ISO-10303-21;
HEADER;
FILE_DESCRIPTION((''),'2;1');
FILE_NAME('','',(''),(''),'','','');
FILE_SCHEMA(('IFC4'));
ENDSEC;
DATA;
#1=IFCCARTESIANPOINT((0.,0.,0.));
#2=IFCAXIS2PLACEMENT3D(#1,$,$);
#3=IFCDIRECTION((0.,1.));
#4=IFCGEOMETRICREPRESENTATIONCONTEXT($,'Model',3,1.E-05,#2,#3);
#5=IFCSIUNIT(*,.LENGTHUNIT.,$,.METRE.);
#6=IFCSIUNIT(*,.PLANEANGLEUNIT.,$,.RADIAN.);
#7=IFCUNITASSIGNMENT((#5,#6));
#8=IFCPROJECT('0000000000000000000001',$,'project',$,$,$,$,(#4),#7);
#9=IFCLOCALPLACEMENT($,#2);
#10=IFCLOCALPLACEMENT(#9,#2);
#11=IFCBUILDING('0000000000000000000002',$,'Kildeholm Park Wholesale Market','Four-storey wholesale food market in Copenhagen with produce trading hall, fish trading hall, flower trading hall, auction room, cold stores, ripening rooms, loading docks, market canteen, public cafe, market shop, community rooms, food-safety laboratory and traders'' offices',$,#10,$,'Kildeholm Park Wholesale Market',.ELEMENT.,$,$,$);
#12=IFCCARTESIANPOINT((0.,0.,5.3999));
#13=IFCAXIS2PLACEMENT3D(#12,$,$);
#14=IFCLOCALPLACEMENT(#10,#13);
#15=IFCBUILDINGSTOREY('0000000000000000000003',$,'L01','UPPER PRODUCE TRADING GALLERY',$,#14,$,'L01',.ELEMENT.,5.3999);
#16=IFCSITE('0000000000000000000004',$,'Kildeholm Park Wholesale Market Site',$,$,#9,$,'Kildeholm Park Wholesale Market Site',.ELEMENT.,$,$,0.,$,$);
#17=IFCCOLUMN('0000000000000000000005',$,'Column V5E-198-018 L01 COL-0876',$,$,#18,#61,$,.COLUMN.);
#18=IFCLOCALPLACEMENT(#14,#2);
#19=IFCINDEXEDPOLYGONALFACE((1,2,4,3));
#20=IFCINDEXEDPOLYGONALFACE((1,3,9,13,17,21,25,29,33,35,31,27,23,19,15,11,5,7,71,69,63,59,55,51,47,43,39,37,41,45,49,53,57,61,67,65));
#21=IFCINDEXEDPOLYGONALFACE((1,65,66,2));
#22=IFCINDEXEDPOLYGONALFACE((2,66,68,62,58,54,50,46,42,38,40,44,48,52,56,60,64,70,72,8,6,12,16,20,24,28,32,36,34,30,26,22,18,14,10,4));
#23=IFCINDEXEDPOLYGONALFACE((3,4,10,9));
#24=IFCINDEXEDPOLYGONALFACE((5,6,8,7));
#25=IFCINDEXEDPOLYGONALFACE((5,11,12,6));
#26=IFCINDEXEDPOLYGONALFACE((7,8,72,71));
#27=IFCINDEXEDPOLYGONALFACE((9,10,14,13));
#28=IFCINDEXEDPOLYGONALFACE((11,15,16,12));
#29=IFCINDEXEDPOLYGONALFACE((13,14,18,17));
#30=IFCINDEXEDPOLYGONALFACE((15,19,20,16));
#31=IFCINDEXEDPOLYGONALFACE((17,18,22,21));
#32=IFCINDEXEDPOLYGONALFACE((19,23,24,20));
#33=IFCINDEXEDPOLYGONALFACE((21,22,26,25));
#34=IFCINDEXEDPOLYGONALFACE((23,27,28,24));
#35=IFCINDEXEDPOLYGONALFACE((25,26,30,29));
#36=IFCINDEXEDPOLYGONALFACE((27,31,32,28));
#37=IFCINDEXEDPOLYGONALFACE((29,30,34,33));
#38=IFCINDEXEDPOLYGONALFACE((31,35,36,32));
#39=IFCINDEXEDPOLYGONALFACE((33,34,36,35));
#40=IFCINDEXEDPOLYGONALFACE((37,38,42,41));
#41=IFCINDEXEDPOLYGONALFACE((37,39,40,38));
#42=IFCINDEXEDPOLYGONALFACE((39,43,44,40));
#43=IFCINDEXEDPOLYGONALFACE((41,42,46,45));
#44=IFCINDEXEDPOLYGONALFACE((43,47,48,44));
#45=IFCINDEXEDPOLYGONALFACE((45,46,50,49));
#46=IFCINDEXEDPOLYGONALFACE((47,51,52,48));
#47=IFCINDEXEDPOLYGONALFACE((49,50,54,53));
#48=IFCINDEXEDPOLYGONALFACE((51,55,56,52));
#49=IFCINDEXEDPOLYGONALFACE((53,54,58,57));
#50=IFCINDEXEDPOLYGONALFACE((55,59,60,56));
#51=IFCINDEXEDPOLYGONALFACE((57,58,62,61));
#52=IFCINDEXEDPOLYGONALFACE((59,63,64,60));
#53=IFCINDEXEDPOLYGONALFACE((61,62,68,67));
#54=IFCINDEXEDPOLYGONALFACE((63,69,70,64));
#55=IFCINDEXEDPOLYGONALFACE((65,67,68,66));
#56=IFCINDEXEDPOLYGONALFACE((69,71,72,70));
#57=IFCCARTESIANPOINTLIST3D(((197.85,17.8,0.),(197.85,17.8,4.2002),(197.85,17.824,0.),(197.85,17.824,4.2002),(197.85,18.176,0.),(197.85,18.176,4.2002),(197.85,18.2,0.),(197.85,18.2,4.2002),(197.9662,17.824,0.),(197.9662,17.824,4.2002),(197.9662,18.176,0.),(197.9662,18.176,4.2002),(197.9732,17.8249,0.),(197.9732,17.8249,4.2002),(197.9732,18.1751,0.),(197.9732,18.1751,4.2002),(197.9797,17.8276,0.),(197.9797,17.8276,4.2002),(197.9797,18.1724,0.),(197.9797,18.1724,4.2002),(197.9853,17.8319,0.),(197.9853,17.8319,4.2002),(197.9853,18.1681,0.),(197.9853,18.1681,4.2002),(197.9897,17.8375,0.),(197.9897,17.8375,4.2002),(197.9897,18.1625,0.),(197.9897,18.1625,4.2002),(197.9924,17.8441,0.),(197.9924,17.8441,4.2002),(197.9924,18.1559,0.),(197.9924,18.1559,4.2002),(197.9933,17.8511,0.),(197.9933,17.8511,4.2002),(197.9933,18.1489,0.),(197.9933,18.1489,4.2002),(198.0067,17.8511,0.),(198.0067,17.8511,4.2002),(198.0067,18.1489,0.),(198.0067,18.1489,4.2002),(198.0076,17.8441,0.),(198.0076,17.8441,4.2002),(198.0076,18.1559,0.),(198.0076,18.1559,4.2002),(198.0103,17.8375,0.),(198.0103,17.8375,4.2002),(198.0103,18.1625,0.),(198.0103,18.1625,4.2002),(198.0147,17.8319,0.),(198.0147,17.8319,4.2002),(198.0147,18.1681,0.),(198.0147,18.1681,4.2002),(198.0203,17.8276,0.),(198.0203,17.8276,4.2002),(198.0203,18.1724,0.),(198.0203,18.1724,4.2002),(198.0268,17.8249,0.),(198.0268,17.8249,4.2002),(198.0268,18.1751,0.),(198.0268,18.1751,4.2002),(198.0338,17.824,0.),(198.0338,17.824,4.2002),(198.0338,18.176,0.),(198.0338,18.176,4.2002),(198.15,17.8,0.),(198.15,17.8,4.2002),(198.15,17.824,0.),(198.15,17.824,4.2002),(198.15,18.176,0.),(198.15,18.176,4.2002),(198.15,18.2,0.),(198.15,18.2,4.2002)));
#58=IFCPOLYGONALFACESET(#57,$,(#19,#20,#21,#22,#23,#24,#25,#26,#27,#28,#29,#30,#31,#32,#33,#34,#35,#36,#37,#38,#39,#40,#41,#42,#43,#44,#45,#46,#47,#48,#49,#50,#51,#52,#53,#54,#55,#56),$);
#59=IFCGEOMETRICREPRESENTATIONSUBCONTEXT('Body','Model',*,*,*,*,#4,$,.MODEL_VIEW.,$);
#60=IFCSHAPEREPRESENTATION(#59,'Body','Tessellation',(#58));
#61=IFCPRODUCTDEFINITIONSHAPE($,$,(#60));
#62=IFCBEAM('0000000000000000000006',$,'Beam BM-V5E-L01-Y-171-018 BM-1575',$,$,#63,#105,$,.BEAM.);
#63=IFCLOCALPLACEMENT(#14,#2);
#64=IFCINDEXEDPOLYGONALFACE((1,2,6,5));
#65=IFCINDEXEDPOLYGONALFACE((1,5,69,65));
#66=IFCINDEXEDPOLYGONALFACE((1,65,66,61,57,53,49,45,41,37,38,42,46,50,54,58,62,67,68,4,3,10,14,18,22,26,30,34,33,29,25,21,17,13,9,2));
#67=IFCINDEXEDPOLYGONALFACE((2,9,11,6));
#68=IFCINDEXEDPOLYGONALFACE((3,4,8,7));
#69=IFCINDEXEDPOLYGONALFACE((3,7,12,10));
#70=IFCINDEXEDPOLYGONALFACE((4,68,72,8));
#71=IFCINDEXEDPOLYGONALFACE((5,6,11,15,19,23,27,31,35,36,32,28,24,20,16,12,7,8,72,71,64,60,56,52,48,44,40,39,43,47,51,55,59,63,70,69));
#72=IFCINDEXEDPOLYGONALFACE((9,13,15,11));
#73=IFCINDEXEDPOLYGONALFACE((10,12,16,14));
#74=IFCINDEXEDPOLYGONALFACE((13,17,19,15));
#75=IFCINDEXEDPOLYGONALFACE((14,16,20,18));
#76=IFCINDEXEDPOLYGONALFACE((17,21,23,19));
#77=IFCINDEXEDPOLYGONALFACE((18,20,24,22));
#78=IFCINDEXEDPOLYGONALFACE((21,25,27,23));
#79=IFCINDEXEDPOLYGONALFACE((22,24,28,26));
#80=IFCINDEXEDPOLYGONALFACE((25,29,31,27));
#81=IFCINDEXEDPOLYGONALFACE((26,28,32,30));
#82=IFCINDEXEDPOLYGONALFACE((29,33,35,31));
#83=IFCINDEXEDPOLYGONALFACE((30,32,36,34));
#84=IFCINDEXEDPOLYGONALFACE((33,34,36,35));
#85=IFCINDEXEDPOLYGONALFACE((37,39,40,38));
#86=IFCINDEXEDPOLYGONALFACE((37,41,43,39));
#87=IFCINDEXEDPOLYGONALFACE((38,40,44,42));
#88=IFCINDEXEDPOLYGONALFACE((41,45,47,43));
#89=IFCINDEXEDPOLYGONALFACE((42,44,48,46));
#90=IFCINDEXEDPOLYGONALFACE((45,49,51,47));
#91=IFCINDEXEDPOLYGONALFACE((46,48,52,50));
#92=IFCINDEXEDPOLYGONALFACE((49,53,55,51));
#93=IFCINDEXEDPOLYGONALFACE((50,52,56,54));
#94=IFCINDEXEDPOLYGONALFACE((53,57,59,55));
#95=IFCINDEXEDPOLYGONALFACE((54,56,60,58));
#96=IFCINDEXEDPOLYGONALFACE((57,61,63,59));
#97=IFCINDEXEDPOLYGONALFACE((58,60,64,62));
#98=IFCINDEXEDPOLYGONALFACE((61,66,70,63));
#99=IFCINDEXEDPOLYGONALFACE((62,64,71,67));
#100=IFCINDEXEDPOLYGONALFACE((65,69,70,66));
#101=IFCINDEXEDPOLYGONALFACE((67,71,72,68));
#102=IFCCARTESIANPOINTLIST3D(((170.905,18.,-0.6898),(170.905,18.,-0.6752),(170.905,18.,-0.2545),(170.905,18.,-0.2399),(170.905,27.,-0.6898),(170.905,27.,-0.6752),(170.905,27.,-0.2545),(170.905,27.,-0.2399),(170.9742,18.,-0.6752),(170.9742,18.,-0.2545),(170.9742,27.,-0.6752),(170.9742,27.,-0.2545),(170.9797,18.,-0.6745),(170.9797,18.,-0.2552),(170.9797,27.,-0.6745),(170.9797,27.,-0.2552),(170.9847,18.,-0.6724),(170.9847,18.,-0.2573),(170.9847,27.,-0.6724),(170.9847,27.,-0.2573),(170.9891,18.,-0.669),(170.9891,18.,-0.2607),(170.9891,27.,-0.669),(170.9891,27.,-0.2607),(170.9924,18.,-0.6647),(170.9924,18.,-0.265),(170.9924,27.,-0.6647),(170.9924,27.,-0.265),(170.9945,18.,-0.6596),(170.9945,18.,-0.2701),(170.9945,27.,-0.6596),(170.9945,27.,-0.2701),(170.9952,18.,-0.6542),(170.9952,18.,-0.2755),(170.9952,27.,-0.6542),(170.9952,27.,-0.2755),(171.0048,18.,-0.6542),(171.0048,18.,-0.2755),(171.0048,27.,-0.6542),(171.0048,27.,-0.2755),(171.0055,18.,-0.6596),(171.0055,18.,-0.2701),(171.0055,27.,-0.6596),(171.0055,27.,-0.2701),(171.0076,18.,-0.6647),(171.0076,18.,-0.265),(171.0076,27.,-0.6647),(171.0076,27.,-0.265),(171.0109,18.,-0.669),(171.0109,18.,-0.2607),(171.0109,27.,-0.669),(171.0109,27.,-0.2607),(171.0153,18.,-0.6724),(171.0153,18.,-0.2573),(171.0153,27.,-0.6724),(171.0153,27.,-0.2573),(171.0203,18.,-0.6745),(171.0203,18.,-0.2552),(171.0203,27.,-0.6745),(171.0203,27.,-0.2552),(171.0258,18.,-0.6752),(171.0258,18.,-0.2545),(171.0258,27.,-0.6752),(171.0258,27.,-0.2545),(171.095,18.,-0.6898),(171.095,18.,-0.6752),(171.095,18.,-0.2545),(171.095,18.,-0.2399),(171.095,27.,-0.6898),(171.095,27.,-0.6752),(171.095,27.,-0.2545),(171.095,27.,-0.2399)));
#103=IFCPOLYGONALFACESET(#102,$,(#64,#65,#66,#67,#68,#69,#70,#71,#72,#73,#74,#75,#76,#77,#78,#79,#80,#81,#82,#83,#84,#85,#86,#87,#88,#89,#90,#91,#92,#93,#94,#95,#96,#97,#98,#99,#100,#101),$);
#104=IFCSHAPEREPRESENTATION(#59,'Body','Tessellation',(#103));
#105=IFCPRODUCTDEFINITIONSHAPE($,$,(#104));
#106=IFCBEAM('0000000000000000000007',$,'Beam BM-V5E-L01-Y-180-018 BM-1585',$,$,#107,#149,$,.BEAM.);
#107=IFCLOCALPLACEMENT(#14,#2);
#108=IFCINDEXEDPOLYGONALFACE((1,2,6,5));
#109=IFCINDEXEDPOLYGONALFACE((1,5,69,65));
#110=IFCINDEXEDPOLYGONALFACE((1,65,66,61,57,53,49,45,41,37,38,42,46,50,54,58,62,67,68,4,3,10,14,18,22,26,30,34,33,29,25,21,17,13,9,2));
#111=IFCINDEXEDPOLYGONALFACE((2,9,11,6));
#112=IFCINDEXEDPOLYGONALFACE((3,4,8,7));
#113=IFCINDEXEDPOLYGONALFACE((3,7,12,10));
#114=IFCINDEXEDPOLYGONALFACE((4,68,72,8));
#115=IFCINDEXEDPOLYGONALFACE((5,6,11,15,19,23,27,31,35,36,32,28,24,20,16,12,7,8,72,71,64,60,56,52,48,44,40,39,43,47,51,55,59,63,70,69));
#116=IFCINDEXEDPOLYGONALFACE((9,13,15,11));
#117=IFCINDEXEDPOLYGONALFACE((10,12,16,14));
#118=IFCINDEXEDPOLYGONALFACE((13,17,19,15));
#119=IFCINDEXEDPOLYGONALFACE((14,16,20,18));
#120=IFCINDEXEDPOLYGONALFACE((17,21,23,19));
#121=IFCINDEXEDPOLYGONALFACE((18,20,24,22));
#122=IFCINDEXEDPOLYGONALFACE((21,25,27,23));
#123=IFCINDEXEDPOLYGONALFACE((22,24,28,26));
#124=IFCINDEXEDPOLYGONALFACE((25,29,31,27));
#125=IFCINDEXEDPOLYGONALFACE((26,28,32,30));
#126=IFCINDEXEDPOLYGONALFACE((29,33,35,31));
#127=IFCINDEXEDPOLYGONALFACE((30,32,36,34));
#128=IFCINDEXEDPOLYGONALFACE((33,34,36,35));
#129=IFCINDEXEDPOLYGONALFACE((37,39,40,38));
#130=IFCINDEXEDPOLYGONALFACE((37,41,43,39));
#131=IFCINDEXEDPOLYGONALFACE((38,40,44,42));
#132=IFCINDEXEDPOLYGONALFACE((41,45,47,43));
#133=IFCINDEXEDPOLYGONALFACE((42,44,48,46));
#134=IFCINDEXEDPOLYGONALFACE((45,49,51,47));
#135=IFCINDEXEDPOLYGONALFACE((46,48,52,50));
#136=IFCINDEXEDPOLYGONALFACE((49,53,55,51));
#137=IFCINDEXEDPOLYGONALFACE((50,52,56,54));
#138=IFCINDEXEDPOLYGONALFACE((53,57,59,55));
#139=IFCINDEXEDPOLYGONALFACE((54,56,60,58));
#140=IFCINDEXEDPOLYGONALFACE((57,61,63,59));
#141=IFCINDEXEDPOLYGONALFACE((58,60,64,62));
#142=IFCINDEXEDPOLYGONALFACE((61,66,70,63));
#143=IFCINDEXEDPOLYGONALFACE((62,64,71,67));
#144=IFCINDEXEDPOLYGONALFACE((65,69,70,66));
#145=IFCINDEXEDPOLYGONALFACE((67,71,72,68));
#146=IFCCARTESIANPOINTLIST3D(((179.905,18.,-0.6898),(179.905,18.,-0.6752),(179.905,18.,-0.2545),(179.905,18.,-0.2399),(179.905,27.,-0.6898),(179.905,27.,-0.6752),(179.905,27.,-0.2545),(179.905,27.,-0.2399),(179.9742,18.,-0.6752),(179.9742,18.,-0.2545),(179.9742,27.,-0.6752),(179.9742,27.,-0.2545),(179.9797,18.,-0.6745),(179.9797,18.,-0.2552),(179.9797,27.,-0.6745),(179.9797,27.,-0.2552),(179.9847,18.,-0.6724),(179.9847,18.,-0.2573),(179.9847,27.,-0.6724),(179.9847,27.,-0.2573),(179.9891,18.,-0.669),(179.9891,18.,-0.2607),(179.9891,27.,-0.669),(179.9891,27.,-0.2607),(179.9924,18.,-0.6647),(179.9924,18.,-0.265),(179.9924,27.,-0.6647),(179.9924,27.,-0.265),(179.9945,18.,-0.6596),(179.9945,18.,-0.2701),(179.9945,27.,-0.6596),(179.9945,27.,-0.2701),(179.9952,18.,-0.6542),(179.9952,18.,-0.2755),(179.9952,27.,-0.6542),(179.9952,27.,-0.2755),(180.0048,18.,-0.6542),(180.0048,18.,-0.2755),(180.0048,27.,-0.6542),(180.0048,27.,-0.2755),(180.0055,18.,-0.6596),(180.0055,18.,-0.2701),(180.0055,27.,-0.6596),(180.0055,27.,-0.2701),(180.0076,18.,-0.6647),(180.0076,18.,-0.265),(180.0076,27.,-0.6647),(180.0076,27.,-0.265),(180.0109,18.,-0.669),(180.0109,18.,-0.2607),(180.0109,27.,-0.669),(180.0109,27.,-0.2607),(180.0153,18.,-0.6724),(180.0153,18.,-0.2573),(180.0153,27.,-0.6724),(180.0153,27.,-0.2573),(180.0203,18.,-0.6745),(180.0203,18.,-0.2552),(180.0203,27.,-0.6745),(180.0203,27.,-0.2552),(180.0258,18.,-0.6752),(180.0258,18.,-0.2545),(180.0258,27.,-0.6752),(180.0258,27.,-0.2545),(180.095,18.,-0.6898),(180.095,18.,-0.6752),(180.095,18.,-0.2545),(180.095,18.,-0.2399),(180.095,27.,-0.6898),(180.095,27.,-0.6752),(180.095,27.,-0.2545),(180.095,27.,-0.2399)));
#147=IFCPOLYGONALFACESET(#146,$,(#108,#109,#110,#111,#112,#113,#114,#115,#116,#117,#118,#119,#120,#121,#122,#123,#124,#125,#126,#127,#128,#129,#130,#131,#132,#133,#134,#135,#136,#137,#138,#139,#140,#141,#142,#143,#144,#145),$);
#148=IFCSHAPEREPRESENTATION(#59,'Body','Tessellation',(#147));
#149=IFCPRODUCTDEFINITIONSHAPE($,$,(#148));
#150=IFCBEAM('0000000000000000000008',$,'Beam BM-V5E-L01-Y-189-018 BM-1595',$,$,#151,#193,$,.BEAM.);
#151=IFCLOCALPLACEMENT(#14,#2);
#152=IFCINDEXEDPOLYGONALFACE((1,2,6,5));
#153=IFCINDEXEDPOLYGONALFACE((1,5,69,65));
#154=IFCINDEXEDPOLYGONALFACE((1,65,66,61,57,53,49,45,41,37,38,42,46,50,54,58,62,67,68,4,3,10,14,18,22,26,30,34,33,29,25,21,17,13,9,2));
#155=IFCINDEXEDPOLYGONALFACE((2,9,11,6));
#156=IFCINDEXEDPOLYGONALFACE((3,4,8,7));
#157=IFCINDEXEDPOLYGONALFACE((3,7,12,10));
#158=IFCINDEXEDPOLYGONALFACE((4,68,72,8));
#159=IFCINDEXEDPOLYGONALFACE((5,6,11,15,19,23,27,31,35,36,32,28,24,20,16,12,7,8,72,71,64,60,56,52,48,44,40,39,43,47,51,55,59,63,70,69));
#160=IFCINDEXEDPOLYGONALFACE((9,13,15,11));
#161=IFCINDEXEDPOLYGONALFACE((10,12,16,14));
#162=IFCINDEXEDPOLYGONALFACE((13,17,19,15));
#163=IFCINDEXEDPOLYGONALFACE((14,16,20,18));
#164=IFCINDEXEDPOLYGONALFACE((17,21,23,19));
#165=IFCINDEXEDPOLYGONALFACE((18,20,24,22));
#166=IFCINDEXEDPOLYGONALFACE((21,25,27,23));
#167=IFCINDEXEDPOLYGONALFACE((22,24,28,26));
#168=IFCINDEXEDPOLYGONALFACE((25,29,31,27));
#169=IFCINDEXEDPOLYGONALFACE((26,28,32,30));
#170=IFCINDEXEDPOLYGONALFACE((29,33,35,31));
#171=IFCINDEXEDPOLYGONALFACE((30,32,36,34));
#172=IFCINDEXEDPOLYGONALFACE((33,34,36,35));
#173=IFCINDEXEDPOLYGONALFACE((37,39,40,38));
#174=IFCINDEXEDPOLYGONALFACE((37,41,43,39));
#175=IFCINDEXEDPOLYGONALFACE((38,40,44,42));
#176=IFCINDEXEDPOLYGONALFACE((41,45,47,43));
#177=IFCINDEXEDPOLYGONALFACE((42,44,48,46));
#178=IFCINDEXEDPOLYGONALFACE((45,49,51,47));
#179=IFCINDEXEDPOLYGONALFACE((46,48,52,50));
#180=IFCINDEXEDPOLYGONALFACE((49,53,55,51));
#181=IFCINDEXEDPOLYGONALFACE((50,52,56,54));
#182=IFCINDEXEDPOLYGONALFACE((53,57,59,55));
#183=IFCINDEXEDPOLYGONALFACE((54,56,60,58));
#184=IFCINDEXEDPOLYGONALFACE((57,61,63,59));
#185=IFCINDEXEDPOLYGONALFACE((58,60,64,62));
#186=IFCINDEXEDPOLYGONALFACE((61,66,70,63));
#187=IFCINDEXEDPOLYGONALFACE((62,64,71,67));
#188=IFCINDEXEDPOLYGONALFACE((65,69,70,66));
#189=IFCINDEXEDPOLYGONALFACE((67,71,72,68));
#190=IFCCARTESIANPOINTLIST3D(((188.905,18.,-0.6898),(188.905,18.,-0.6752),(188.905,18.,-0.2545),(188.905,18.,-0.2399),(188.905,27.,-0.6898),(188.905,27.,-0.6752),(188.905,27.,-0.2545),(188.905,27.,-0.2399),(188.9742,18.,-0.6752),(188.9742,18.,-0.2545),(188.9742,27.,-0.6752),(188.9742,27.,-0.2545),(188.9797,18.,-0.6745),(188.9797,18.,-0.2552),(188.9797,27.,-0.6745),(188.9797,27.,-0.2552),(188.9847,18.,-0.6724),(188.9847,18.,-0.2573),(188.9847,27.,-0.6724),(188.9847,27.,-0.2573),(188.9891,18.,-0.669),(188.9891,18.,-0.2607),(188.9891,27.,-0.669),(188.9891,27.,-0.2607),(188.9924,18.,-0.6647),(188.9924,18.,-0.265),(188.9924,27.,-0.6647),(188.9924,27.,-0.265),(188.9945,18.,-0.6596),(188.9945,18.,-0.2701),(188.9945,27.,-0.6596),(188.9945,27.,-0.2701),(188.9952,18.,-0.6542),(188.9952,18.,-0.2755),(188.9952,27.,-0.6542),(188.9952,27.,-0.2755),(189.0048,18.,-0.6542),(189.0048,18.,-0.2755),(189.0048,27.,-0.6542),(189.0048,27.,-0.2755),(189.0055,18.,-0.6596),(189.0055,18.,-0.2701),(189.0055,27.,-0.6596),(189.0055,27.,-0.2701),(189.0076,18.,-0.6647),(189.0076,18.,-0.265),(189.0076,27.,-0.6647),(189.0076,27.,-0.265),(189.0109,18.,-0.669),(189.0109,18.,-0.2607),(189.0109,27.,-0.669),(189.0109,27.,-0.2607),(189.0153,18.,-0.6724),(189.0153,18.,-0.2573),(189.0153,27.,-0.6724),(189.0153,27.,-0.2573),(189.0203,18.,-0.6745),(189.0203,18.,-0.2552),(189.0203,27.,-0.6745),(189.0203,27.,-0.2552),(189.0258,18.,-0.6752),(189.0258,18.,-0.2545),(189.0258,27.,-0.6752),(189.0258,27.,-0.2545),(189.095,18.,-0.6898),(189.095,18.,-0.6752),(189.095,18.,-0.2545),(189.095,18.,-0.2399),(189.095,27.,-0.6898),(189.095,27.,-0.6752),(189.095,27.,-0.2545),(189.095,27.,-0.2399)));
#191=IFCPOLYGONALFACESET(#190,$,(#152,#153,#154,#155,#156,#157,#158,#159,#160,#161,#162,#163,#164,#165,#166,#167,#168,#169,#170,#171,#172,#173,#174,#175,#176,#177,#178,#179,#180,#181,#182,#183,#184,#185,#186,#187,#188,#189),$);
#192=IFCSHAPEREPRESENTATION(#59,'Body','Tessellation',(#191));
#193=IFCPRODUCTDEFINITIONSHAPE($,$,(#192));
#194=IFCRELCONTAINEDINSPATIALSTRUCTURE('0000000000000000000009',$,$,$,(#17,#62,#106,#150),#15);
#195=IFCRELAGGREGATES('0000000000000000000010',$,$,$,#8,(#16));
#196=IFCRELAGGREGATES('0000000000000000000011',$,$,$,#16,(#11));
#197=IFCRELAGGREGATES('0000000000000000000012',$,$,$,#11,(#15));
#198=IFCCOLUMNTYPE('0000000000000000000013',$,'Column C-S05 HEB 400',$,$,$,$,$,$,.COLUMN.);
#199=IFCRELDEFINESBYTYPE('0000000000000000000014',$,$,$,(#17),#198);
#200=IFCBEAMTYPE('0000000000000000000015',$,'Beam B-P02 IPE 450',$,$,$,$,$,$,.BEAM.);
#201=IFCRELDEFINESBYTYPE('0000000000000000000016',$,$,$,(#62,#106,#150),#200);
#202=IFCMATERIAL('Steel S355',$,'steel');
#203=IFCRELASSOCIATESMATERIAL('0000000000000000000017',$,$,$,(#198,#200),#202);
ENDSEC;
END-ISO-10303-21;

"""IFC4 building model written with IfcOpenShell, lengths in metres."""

from ifc_helpers import new_model, si_unit, direction, frame, origin, origin_2d, place, context, subcontext, project, spatial, i_section, extrude, material, material_profile, profile_set, type_object, element, save


model = new_model("IFC4")

# Units and contexts
model_context = context("Model", 3, precision=1e-05, world=origin(), true_north=direction((0.0, 1.0)))
body_context = subcontext(model_context, "Body", "Model", "MODEL_VIEW")
ifc_project = project(units=[si_unit("LENGTHUNIT", "METRE"), si_unit("PLANEANGLEUNIT", "RADIAN")], contexts=[model_context])

# Site, building, storey
site_placement = place(None, origin())
site = spatial("IfcSite", under=ifc_project, at=site_placement, Name="Kildeholm Park Wholesale Market Site", LongName="Kildeholm Park Wholesale Market Site", CompositionType="ELEMENT", RefElevation=0.0)
building_placement = place(site_placement, origin())
building = spatial("IfcBuilding", under=site, at=building_placement, Name="Kildeholm Park Wholesale Market", Description="Four-storey wholesale food market in Copenhagen with produce trading hall, fish trading hall, flower trading hall, auction room, cold stores, ripening rooms, loading docks, market canteen, public cafe, market shop, community rooms, food-safety laboratory and traders' offices", LongName="Kildeholm Park Wholesale Market", CompositionType="ELEMENT")
storey_placement = place(building_placement, frame((0.0, 0.0, 5.3999)))
storey = spatial("IfcBuildingStorey", under=building, at=storey_placement, Name="L01", Description="UPPER PRODUCE TRADING GALLERY", LongName="L01", CompositionType="ELEMENT", Elevation=5.3999)

# Column
ifc_material_1 = material(Name="Steel S355", Category="steel")
ifc_material_profile_1 = material_profile(ifc_material_1, i_section(OverallWidth=0.3, OverallDepth=0.3999, WebThickness=0.0134, FlangeThickness=0.0239, FilletRadius=0.0271, at=origin_2d()), Name="HEB 400")
ifc_profile_set_1 = profile_set([ifc_material_profile_1], Name="Steel S355")
column_type = type_object("IfcColumnType", Name="Column C-S05 HEB 400", PredefinedType="COLUMN", material=ifc_profile_set_1)
for number, where, z_axis, x_axis, name in (
    (1, (198.0, 18.0, 0.0), (0.0, 0.0, 1.0), (1.0, 0.0, 0.0), "Column V5E-198-018 L01 COL-0876"),
):
    element("IfcColumn", number, at=place(storey_placement, frame(where, z_axis=z_axis, x_axis=x_axis)), inside=storey, type_object=column_type, Name=name, PredefinedType="COLUMN", context=body_context, shape_type="SweptSolid", body=[
        extrude(i_section(OverallWidth=0.3, OverallDepth=0.3999, WebThickness=0.0134, FlangeThickness=0.0239, FilletRadius=0.0271, at=origin_2d()), origin(), (0.0, 0.0, 1.0), 4.2002),
    ])

# Beams
ifc_material_profile_2 = material_profile(ifc_material_1, i_section(OverallWidth=0.1899, OverallDepth=0.45, WebThickness=0.0095, FlangeThickness=0.0146, FilletRadius=0.021, at=origin_2d()), Name="IPE 450")
ifc_profile_set_2 = profile_set([ifc_material_profile_2], Name="Steel S355")
beam_type_1 = type_object("IfcBeamType", Name="Beam B-P02 IPE 450", PredefinedType="BEAM", material=ifc_profile_set_2)
for number, where, z_axis, x_axis, name in (
    (2, (171.0, 18.0, -0.4648), (0.0, 1.0, 0.0), (-1.0, 0.0, 0.0), "Beam BM-V5E-L01-Y-171-018 BM-1575"),
    (3, (180.0, 18.0, -0.4648), (0.0, 1.0, 0.0), (-1.0, 0.0, 0.0), "Beam BM-V5E-L01-Y-180-018 BM-1585"),
    (4, (189.0, 18.0, -0.4648), (0.0, 1.0, 0.0), (-1.0, 0.0, 0.0), "Beam BM-V5E-L01-Y-189-018 BM-1595"),
):
    element("IfcBeam", number, at=place(storey_placement, frame(where, z_axis=z_axis, x_axis=x_axis)), inside=storey, type_object=beam_type_1, Name=name, PredefinedType="BEAM", context=body_context, shape_type="SweptSolid", body=[
        extrude(i_section(OverallWidth=0.1899, OverallDepth=0.45, WebThickness=0.0095, FlangeThickness=0.0146, FilletRadius=0.021, at=origin_2d()), origin(), (0.0, 0.0, 1.0), 9.0),
    ])

save(model, "model.ifc")
